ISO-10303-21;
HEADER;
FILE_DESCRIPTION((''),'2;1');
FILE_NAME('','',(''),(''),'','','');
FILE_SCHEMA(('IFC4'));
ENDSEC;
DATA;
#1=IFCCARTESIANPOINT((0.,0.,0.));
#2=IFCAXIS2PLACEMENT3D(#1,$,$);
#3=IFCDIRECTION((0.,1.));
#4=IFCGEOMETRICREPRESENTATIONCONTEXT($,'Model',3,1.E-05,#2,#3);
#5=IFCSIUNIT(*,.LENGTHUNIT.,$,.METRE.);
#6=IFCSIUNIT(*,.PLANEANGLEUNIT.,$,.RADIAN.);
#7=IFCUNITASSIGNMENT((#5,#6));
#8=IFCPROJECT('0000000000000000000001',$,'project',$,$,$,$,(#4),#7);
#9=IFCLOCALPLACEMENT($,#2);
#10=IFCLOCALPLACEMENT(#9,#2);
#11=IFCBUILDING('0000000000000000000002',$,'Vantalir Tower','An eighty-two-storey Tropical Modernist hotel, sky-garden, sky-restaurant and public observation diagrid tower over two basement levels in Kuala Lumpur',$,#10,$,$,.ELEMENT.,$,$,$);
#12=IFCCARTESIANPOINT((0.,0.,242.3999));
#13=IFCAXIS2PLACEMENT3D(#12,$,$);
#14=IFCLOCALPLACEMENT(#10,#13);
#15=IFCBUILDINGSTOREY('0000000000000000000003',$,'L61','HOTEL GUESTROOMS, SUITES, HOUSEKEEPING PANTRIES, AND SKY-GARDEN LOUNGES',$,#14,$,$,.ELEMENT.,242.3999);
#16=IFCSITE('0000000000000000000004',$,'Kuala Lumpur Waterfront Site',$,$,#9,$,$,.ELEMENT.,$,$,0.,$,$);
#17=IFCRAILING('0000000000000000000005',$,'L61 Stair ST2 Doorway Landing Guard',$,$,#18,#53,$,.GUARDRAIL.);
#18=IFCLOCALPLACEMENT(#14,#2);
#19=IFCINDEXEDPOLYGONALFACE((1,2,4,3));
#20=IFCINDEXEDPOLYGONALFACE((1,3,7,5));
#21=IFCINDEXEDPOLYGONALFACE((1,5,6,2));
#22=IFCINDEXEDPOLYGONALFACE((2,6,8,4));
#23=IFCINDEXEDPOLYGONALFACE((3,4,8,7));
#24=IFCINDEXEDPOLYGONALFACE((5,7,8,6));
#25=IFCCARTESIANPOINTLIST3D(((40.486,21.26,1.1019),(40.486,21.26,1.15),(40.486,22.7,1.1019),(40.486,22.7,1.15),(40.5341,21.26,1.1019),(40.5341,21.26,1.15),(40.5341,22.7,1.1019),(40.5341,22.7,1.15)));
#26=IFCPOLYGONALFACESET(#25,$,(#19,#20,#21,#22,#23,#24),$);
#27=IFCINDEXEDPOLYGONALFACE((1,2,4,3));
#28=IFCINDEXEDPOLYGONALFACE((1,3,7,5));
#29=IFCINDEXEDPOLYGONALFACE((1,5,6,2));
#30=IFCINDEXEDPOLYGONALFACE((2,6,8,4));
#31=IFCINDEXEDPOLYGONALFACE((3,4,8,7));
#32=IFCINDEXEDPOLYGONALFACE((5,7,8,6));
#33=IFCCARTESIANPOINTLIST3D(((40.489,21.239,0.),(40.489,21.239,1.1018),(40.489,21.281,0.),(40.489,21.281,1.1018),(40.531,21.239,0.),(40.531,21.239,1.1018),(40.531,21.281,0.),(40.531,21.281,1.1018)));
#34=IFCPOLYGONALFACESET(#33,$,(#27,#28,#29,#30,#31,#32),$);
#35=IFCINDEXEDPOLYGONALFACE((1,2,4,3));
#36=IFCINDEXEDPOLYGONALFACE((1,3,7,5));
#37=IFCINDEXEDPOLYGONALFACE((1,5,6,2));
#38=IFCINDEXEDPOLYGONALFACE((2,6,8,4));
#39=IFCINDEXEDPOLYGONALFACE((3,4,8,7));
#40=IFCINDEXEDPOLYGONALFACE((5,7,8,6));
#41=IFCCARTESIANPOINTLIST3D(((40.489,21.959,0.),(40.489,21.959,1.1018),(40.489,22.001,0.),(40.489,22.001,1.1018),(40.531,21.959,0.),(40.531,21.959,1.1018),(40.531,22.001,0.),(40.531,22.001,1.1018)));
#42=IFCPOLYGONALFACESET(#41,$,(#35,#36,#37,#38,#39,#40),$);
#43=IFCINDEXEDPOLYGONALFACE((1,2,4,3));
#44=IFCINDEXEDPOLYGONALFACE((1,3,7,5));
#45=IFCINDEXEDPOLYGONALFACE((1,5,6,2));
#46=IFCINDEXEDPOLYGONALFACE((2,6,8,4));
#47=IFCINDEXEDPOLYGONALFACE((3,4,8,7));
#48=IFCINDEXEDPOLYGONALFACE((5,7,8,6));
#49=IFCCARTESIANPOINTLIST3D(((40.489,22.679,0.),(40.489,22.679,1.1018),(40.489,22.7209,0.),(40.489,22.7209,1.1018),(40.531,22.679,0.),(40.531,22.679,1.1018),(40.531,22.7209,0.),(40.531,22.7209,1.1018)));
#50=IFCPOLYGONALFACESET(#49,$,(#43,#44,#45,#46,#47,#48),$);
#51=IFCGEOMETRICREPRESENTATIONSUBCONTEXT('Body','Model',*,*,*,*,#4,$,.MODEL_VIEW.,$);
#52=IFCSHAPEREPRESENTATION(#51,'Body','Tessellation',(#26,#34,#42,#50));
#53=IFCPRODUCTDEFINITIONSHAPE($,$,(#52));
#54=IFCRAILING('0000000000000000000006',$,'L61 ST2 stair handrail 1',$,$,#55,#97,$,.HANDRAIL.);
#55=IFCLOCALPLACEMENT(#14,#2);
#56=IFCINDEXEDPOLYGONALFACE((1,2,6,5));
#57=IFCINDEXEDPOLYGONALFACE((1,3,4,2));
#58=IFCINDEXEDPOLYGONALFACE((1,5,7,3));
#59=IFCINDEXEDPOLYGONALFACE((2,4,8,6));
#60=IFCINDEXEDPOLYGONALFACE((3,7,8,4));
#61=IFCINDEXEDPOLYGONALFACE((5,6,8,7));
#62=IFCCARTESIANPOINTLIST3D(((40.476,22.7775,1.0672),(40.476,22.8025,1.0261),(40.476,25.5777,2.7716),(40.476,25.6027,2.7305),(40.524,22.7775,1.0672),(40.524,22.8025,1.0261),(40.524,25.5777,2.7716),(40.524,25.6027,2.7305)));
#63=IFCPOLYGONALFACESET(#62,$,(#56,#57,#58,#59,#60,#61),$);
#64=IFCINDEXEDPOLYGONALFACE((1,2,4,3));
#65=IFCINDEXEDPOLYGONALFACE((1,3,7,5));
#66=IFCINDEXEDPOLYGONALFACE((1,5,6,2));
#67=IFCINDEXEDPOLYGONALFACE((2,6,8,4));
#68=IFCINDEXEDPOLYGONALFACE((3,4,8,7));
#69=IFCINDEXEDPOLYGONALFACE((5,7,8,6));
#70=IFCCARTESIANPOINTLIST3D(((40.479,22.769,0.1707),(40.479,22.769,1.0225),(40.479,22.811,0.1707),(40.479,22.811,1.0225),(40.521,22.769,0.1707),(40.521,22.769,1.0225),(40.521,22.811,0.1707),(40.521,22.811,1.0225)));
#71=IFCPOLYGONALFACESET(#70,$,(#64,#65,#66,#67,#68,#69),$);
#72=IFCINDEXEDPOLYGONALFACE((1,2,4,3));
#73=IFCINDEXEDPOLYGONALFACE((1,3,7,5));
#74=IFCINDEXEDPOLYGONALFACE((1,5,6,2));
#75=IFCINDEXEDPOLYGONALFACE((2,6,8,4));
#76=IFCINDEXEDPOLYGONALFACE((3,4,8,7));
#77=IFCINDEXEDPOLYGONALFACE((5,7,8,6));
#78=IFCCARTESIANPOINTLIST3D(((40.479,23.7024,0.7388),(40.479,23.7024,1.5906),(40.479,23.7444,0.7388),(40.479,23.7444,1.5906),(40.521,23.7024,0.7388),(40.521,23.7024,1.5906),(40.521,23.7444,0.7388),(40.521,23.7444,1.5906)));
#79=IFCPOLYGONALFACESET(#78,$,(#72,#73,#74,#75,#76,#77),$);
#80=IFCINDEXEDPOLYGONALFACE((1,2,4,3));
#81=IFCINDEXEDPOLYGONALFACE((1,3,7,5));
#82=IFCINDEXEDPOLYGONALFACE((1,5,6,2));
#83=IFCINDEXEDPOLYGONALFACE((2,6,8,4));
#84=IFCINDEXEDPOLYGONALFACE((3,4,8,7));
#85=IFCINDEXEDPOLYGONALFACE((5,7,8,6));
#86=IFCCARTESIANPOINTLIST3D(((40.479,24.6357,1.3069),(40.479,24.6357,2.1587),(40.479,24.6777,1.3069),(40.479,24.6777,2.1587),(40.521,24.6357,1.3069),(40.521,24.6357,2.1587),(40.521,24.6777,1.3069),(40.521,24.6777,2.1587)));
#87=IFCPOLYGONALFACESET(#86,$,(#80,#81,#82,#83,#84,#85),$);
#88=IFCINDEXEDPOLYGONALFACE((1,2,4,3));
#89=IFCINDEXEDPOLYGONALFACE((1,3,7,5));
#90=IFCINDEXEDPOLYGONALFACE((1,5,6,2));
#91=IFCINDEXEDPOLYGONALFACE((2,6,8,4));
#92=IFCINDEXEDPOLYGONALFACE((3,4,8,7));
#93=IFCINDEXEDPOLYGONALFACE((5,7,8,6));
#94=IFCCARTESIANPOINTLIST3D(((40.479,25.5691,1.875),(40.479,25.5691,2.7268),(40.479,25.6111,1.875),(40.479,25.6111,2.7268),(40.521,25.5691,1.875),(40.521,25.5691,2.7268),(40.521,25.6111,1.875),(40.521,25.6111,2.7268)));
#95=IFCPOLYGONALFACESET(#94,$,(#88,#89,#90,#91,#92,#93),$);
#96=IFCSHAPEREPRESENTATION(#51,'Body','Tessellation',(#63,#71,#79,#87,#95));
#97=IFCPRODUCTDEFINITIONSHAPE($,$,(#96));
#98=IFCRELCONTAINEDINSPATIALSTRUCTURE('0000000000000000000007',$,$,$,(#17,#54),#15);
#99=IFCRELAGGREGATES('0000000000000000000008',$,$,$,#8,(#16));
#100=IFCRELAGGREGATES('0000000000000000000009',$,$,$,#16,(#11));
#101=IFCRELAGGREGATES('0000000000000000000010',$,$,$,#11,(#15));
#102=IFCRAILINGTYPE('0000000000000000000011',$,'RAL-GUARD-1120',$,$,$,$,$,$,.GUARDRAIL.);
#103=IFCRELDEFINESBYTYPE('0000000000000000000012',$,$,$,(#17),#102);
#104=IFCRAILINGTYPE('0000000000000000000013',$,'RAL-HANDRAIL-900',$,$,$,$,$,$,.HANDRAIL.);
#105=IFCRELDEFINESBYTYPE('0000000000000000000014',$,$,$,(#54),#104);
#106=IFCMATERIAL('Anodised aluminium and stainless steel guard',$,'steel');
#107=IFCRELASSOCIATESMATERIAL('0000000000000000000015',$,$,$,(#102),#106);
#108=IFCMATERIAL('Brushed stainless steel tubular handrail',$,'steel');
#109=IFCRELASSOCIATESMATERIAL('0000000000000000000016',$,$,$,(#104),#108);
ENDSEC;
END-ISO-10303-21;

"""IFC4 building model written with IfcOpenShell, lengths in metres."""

from ifc_helpers import new_model, si_unit, direction, frame, origin, origin_2d, place, context, subcontext, project, spatial, rectangle, extrude, material, type_object, element, save


model = new_model("IFC4")

# Units and contexts
model_context = context("Model", 3, precision=1e-05, world=origin(), true_north=direction((0.0, 1.0)))
body_context = subcontext(model_context, "Body", "Model", "MODEL_VIEW")
ifc_project = project(units=[si_unit("LENGTHUNIT", "METRE"), si_unit("PLANEANGLEUNIT", "RADIAN")], contexts=[model_context])

# Site, building, storey
site_placement = place(None, origin())
site = spatial("IfcSite", under=ifc_project, at=site_placement, Name="Kuala Lumpur Waterfront Site", CompositionType="ELEMENT", RefElevation=0.0)
building_placement = place(site_placement, origin())
building = spatial("IfcBuilding", under=site, at=building_placement, Name="Vantalir Tower", Description="An eighty-two-storey Tropical Modernist hotel, sky-garden, sky-restaurant and public observation diagrid tower over two basement levels in Kuala Lumpur", CompositionType="ELEMENT")
storey_placement = place(building_placement, frame((0.0, 0.0, 242.3999)))
storey = spatial("IfcBuildingStorey", under=building, at=storey_placement, Name="L61", Description="HOTEL GUESTROOMS, SUITES, HOUSEKEEPING PANTRIES, AND SKY-GARDEN LOUNGES", CompositionType="ELEMENT", Elevation=242.3999)

# Railings
ifc_material_1 = material(Name="Anodised aluminium and stainless steel guard", Category="steel")
railing_type_1 = type_object("IfcRailingType", Name="RAL-GUARD-1120", PredefinedType="GUARDRAIL", material=ifc_material_1)
railing_1_placement = place(storey_placement, frame((40.51, 21.26, 0.0)))
element("IfcRailing", 1, at=railing_1_placement, inside=storey, type_object=railing_type_1, Name="L61 Stair ST2 Doorway Landing Guard", PredefinedType="GUARDRAIL", context=body_context, shape_type="SweptSolid", body=[
    extrude(rectangle(XDim=0.0481, YDim=0.0481, at=origin_2d()), frame((0.0, 0.0, 1.126), z_axis=(0.0, 1.0, 0.0), x_axis=(-1.0, 0.0, 0.0)), (0.0, 0.0, 1.0), 1.4399),
    extrude(rectangle(XDim=0.042, YDim=0.042, at=origin_2d()), origin(), (0.0, 0.0, 1.0), 1.1018),
    extrude(rectangle(XDim=0.042, YDim=0.042, at=origin_2d()), frame((0.0, 0.72, 0.0)), (0.0, 0.0, 1.0), 1.1018),
    extrude(rectangle(XDim=0.042, YDim=0.042, at=origin_2d()), frame((0.0, 1.4399, 0.0)), (0.0, 0.0, 1.0), 1.1018),
])
ifc_material_2 = material(Name="Brushed stainless steel tubular handrail", Category="steel")
railing_type_2 = type_object("IfcRailingType", Name="RAL-HANDRAIL-900", PredefinedType="HANDRAIL", material=ifc_material_2)
railing_2_placement = place(storey_placement, frame((40.5, 22.79, 0.1707)))
element("IfcRailing", 2, at=railing_2_placement, inside=storey, type_object=railing_type_2, Name="L61 ST2 stair handrail 1", PredefinedType="HANDRAIL", context=body_context, shape_type="SweptSolid", body=[
    extrude(rectangle(XDim=0.0481, YDim=0.0481, at=origin_2d()), frame((0.0, 0.0, 0.876), z_axis=(0.0, 0.854203, 0.51994), x_axis=(-1.0, 0.0, 0.0)), (0.0, 0.0, 1.0), 3.2781),
    extrude(rectangle(XDim=0.042, YDim=0.042, at=origin_2d()), origin(), (0.0, 0.0, 1.0), 0.8518),
    extrude(rectangle(XDim=0.042, YDim=0.042, at=origin_2d()), frame((0.0, 0.9333, 0.5681)), (0.0, 0.0, 1.0), 0.8518),
    extrude(rectangle(XDim=0.042, YDim=0.042, at=origin_2d()), frame((0.0, 1.8667, 1.1362)), (0.0, 0.0, 1.0), 0.8518),
    extrude(rectangle(XDim=0.042, YDim=0.042, at=origin_2d()), frame((0.0, 2.8, 1.7043)), (0.0, 0.0, 1.0), 0.8518),
])

save(model, "model.ifc")
